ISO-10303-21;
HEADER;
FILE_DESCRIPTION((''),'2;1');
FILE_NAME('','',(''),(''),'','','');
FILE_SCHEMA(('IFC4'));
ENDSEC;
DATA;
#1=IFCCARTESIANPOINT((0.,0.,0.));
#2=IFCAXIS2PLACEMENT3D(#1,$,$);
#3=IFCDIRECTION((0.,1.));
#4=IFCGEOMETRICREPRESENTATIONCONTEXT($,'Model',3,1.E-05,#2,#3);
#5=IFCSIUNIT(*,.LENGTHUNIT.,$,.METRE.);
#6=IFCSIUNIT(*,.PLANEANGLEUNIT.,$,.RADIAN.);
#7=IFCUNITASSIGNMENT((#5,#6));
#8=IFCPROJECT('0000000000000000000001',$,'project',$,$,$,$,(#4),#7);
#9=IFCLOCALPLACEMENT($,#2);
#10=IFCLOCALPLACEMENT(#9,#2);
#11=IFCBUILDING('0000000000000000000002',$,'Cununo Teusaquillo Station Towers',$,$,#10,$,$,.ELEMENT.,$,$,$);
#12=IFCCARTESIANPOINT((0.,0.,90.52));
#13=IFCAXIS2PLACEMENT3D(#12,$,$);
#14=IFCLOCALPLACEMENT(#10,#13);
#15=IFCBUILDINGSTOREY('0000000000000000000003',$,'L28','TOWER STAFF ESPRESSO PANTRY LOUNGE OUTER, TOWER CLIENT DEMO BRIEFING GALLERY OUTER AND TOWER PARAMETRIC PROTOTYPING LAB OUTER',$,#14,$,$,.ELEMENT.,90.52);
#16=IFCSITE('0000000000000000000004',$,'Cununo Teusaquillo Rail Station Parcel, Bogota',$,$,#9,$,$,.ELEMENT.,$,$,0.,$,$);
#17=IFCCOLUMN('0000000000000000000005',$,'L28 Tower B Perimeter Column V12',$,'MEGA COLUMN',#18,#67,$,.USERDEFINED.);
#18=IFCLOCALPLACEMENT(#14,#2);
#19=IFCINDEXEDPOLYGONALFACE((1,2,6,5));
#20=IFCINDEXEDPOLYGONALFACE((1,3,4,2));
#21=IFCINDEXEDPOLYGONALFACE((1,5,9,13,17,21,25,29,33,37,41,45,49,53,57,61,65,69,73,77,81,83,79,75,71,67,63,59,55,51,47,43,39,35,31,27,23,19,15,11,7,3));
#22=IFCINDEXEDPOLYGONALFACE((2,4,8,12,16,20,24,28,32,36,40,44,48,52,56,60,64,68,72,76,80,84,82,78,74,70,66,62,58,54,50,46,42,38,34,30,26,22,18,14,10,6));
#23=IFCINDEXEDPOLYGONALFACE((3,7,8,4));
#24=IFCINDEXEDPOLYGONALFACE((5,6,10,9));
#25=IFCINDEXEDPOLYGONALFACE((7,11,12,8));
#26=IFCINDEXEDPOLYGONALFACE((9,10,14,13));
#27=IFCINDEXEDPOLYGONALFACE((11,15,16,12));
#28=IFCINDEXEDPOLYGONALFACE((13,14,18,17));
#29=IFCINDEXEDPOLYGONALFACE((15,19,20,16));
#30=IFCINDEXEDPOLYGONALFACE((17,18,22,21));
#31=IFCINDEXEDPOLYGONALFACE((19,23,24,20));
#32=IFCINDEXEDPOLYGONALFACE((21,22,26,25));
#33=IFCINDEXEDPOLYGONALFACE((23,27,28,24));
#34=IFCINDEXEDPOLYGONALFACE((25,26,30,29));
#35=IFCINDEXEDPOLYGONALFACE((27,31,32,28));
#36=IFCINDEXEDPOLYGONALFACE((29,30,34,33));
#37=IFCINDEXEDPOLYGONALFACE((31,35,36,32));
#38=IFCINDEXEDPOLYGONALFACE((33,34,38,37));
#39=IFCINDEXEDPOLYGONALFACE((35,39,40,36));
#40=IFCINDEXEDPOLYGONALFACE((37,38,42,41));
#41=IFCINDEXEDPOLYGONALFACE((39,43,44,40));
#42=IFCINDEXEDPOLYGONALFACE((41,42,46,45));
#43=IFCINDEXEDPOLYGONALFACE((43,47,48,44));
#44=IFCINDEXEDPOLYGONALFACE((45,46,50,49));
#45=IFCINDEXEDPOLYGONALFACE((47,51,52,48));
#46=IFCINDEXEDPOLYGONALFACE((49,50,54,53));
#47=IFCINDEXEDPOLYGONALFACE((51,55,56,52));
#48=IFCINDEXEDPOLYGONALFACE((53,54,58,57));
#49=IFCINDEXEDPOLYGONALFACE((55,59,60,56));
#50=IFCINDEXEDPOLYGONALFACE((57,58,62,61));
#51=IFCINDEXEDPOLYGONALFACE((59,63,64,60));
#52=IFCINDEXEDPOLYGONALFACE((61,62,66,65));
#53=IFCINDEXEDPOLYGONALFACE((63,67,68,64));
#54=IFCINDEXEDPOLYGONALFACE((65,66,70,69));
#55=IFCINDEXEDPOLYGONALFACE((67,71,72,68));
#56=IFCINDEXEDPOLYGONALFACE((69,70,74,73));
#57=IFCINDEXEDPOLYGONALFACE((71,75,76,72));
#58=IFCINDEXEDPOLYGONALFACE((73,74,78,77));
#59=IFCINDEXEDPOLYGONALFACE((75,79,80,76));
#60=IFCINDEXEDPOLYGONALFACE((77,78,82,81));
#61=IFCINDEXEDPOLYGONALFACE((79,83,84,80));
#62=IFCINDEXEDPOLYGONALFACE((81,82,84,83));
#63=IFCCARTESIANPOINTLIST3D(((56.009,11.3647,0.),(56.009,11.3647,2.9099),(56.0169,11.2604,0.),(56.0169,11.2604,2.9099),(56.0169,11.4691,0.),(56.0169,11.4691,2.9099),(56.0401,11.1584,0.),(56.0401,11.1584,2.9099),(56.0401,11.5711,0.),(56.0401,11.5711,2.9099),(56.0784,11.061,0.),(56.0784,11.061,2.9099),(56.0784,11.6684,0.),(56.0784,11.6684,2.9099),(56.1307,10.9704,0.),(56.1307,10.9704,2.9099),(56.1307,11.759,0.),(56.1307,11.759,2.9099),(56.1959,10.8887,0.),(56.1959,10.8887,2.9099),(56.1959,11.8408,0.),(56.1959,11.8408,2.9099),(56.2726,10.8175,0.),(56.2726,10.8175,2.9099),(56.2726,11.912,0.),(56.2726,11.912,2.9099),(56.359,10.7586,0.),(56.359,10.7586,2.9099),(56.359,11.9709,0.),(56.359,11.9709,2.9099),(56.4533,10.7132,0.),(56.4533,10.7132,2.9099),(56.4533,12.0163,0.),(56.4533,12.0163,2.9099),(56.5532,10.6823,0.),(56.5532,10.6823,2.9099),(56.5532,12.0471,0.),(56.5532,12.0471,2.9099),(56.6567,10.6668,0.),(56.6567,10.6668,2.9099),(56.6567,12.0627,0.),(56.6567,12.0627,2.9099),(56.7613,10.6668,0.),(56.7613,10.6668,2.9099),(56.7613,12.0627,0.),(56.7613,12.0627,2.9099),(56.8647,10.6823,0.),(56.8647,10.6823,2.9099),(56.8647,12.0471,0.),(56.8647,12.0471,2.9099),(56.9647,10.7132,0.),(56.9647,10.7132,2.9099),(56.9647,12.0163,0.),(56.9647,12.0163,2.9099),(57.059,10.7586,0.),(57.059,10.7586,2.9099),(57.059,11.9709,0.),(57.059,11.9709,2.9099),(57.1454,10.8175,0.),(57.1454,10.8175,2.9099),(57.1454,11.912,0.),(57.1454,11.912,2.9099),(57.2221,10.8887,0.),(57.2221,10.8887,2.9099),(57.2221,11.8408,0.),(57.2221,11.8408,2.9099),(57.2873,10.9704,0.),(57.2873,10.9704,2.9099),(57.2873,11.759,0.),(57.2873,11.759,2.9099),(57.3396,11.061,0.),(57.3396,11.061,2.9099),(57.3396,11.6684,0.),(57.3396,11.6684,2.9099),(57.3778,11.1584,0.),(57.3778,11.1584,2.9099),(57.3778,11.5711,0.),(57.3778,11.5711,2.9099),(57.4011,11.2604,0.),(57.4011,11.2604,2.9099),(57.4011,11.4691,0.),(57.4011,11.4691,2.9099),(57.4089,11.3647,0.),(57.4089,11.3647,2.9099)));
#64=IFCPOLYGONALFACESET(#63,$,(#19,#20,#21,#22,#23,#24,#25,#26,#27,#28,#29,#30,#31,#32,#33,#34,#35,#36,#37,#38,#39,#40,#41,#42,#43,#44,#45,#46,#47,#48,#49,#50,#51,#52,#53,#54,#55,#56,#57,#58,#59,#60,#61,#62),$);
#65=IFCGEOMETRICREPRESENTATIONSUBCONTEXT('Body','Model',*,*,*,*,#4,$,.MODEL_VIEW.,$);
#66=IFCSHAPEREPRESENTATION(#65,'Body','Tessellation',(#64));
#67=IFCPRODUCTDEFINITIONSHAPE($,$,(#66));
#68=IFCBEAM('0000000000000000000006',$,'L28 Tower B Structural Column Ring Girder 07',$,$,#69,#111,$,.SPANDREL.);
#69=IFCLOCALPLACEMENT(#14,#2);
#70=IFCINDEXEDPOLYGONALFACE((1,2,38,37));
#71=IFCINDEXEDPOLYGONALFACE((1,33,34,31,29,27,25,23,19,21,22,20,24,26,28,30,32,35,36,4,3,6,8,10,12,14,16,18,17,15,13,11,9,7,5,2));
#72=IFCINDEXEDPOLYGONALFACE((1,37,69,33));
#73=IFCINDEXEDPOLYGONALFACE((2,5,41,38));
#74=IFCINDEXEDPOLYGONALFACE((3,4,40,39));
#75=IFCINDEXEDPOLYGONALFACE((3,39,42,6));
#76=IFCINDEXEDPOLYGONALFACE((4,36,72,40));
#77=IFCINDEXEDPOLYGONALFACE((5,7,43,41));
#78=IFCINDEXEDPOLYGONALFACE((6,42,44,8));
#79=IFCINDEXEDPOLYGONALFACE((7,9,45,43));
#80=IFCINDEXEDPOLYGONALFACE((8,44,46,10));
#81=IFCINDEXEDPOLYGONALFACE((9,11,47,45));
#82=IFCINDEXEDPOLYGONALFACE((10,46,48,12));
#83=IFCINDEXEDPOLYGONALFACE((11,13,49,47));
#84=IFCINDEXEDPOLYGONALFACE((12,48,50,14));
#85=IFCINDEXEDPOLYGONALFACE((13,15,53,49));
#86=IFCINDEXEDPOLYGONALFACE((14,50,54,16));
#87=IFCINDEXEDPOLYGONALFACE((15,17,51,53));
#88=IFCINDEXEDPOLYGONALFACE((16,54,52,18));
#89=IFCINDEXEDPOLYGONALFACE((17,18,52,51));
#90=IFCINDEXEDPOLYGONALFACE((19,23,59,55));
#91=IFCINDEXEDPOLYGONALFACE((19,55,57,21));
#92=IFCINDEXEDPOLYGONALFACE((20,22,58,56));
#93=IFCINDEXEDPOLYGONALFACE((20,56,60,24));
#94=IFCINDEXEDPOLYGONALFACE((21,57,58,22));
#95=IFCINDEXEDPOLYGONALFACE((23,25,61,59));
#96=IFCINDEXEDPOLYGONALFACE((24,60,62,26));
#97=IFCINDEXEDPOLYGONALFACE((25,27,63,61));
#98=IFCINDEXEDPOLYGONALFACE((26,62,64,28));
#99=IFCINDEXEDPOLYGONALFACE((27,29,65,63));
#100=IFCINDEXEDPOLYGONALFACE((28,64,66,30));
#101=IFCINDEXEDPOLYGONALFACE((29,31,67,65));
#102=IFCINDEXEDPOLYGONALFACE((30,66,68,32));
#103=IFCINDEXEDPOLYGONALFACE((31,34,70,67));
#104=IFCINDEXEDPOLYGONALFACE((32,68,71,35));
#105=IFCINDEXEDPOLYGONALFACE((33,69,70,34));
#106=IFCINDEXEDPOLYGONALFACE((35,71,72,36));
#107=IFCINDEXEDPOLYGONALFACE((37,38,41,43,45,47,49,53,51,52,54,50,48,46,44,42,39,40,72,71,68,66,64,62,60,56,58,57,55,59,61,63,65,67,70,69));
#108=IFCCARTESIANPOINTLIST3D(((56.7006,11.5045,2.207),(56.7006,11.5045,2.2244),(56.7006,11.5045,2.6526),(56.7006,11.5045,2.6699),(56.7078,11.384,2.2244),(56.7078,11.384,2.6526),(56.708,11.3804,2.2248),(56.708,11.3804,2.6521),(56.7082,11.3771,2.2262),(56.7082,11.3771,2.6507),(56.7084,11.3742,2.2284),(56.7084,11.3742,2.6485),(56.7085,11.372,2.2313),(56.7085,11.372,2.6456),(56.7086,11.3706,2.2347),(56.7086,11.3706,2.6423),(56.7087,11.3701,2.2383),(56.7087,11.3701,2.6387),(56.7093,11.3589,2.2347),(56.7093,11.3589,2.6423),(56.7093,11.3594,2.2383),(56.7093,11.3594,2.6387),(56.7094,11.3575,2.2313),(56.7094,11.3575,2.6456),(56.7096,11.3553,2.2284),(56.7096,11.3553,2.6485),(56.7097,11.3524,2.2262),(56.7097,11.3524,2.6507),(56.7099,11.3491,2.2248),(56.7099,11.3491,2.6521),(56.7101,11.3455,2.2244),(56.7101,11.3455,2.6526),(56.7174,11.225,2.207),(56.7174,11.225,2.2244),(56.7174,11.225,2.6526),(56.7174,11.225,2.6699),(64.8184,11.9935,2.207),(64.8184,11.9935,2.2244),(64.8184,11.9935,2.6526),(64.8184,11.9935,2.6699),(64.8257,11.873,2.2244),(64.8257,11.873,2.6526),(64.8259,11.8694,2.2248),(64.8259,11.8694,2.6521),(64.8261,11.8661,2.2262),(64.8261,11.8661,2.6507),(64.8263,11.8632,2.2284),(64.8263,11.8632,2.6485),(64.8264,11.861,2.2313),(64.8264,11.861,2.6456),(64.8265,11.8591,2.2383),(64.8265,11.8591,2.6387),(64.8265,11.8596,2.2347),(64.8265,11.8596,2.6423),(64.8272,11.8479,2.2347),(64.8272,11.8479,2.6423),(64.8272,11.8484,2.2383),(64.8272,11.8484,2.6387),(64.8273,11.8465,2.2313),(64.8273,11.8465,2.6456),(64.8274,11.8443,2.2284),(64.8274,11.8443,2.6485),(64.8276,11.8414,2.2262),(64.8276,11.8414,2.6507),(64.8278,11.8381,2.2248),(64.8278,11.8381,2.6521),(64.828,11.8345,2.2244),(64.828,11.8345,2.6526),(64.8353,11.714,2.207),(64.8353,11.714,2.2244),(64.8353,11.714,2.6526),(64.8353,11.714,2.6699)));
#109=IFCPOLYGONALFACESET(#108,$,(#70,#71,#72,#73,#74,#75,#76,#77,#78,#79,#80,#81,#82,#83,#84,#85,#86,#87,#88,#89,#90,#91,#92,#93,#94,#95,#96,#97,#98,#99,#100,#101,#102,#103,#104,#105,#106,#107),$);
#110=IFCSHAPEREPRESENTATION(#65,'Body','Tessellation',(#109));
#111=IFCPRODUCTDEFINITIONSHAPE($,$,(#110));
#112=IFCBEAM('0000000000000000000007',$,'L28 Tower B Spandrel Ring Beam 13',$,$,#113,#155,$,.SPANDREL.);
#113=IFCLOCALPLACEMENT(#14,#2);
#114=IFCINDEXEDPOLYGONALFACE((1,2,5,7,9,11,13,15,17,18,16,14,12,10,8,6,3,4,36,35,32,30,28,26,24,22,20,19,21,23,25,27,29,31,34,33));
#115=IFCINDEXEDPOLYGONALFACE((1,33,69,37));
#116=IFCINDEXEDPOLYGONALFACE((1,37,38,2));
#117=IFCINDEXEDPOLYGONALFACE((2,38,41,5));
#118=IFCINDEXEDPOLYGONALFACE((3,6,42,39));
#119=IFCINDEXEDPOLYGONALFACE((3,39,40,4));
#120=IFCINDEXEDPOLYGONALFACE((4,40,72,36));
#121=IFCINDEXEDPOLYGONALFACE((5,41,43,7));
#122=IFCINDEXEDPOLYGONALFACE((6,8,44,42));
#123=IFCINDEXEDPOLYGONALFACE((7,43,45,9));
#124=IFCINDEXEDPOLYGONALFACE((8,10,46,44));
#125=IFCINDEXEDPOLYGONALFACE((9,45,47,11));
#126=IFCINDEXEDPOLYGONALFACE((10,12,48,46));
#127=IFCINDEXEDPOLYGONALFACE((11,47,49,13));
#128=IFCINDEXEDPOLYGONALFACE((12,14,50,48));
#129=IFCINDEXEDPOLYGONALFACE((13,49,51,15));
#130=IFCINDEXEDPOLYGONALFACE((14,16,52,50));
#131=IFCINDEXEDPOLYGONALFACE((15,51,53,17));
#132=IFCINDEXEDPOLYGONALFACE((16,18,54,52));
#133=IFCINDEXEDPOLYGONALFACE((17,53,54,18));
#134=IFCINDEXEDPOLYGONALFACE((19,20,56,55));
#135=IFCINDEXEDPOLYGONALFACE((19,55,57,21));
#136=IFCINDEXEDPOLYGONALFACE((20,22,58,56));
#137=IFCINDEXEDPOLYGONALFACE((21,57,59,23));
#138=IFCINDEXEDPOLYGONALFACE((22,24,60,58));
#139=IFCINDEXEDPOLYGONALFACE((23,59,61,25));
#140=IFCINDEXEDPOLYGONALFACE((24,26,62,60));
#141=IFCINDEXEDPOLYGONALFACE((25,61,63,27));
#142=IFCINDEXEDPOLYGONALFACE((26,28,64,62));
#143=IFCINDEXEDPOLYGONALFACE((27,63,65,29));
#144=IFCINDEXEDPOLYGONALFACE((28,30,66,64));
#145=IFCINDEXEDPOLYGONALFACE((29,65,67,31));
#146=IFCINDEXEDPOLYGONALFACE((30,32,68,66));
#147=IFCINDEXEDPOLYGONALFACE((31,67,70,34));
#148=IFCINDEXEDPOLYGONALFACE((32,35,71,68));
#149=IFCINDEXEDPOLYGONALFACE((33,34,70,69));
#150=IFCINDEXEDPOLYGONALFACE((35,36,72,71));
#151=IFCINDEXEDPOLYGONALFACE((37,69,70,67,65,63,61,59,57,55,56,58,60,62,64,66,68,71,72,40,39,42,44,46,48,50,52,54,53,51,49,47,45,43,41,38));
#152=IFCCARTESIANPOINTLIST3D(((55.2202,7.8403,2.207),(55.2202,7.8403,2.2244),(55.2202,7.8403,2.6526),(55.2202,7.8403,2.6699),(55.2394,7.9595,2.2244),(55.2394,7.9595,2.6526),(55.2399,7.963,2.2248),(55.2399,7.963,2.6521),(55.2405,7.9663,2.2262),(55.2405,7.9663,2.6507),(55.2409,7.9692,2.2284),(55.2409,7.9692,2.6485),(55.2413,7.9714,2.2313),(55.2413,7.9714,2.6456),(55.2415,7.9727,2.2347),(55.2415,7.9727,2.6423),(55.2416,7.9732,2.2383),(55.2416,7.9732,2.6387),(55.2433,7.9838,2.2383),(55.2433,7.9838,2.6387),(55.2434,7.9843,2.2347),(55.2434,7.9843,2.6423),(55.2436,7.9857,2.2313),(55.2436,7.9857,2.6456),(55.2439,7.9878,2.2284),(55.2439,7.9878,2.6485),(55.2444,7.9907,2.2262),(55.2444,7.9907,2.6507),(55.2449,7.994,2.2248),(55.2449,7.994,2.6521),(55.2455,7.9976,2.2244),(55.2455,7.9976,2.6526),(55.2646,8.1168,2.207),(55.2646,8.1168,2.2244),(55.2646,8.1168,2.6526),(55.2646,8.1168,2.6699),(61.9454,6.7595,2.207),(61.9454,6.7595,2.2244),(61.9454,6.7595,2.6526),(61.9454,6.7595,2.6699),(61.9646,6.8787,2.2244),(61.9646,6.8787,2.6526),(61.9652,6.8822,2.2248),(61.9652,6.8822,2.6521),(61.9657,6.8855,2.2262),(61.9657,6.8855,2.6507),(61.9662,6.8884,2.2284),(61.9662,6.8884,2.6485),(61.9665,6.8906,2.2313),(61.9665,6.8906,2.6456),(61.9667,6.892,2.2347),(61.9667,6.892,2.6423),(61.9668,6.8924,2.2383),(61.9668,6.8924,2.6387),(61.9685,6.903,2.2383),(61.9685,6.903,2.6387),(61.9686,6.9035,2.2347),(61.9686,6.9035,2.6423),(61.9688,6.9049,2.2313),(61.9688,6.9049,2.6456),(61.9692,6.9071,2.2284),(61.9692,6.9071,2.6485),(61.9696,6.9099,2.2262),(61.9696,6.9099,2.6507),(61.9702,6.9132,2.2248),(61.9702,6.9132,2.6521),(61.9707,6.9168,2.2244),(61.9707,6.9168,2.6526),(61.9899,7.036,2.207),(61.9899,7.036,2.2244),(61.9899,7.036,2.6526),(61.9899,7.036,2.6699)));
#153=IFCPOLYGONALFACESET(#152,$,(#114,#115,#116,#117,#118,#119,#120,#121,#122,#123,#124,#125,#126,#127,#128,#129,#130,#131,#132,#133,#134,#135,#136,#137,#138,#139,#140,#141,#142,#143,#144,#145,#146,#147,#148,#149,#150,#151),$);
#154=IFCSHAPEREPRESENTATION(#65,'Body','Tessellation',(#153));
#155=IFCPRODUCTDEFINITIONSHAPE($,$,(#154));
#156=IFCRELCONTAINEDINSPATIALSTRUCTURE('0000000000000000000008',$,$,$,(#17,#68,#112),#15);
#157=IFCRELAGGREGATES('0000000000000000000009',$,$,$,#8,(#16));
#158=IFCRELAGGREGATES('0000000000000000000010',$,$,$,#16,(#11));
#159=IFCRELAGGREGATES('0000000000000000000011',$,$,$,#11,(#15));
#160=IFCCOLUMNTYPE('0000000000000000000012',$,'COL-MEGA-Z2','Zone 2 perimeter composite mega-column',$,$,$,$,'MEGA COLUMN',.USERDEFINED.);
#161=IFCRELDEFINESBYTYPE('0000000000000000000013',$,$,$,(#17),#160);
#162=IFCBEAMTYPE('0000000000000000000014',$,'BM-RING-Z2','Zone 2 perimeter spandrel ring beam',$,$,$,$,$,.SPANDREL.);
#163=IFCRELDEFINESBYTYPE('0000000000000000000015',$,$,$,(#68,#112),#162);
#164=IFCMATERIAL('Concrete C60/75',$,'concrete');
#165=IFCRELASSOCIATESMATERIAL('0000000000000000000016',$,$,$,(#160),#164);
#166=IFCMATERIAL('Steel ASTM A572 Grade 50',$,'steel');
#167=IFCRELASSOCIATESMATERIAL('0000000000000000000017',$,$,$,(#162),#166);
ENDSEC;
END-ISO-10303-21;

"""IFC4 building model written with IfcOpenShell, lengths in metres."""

from ifc_helpers import new_model, si_unit, direction, frame, origin, origin_2d, place, context, subcontext, project, spatial, circle, i_section, extrude, material, material_profile, profile_set, type_object, element, save


model = new_model("IFC4")

# Units and contexts
model_context = context("Model", 3, precision=1e-05, world=origin(), true_north=direction((0.0, 1.0)))
body_context = subcontext(model_context, "Body", "Model", "MODEL_VIEW")
ifc_project = project(units=[si_unit("LENGTHUNIT", "METRE"), si_unit("PLANEANGLEUNIT", "RADIAN")], contexts=[model_context])

# Site, building, storey
site_placement = place(None, origin())
site = spatial("IfcSite", under=ifc_project, at=site_placement, Name="Cununo Teusaquillo Rail Station Parcel, Bogota", CompositionType="ELEMENT", RefElevation=0.0)
building_placement = place(site_placement, origin())
building = spatial("IfcBuilding", under=site, at=building_placement, Name="Cununo Teusaquillo Station Towers", CompositionType="ELEMENT")
storey_placement = place(building_placement, frame((0.0, 0.0, 90.52)))
storey = spatial("IfcBuildingStorey", under=building, at=storey_placement, Name="L28", Description="TOWER STAFF ESPRESSO PANTRY LOUNGE OUTER, TOWER CLIENT DEMO BRIEFING GALLERY OUTER AND TOWER PARAMETRIC PROTOTYPING LAB OUTER", CompositionType="ELEMENT", Elevation=90.52)

# Column
ifc_material_1 = material(Name="Concrete C60/75", Category="concrete")
ifc_material_profile_1 = material_profile(ifc_material_1, circle(Radius=0.7, at=origin_2d()), Name="RC-CIRC-1400")
ifc_profile_set_1 = profile_set([ifc_material_profile_1], Name="Concrete C60/75")
column_type = type_object("IfcColumnType", Name="COL-MEGA-Z2", Description="Zone 2 perimeter composite mega-column", ElementType="MEGA COLUMN", PredefinedType="USERDEFINED", material=ifc_profile_set_1)
column_placement = place(storey_placement, frame((56.709, 11.3647, 0.0), z_axis=(0.0, 0.0, 1.0), x_axis=(1.0, 0.0, 0.0)))
element("IfcColumn", 1, at=column_placement, inside=storey, type_object=column_type, Name="L28 Tower B Perimeter Column V12", ObjectType="MEGA COLUMN", PredefinedType="USERDEFINED", context=body_context, shape_type="SweptSolid", body=[
    extrude(circle(Radius=0.7, at=origin_2d()), origin(), (0.0, 0.0, 1.0), 2.9099),
])

# Beams
ifc_material_2 = material(Name="Steel ASTM A572 Grade 50", Category="steel")
ifc_material_profile_2 = material_profile(ifc_material_2, i_section(OverallWidth=0.28, OverallDepth=0.4629, WebThickness=0.0107, FlangeThickness=0.0173, FilletRadius=0.0139, at=origin_2d()), Name="W18X76")
ifc_profile_set_2 = profile_set([ifc_material_profile_2], Name="Steel ASTM A572 Grade 50")
beam_type = type_object("IfcBeamType", Name="BM-RING-Z2", Description="Zone 2 perimeter spandrel ring beam", PredefinedType="SPANDREL", material=ifc_profile_set_2)
beam_1_placement = place(storey_placement, frame((56.709, 11.3647, 2.4385), z_axis=(0.998191, 0.06013, 0.0), x_axis=(-0.06013, 0.998191, 0.0)))
element("IfcBeam", 2, at=beam_1_placement, inside=storey, type_object=beam_type, Name="L28 Tower B Structural Column Ring Girder 07", PredefinedType="SPANDREL", context=body_context, shape_type="SweptSolid", body=[
    extrude(i_section(OverallWidth=0.28, OverallDepth=0.4629, WebThickness=0.0107, FlangeThickness=0.0173, FilletRadius=0.0139, at=origin_2d()), origin(), (0.0, 0.0, 1.0), 8.1326),
])
beam_2_placement = place(storey_placement, frame((55.2424, 7.9785, 2.4385), z_axis=(0.987331, -0.158671, 0.0), x_axis=(0.158671, 0.987331, 0.0)))
element("IfcBeam", 3, at=beam_2_placement, inside=storey, type_object=beam_type, Name="L28 Tower B Spandrel Ring Beam 13", PredefinedType="SPANDREL", context=body_context, shape_type="SweptSolid", body=[
    extrude(i_section(OverallWidth=0.28, OverallDepth=0.4629, WebThickness=0.0107, FlangeThickness=0.0173, FilletRadius=0.0139, at=origin_2d()), origin(), (0.0, 0.0, 1.0), 6.8115),
])

save(model, "model.ifc")
